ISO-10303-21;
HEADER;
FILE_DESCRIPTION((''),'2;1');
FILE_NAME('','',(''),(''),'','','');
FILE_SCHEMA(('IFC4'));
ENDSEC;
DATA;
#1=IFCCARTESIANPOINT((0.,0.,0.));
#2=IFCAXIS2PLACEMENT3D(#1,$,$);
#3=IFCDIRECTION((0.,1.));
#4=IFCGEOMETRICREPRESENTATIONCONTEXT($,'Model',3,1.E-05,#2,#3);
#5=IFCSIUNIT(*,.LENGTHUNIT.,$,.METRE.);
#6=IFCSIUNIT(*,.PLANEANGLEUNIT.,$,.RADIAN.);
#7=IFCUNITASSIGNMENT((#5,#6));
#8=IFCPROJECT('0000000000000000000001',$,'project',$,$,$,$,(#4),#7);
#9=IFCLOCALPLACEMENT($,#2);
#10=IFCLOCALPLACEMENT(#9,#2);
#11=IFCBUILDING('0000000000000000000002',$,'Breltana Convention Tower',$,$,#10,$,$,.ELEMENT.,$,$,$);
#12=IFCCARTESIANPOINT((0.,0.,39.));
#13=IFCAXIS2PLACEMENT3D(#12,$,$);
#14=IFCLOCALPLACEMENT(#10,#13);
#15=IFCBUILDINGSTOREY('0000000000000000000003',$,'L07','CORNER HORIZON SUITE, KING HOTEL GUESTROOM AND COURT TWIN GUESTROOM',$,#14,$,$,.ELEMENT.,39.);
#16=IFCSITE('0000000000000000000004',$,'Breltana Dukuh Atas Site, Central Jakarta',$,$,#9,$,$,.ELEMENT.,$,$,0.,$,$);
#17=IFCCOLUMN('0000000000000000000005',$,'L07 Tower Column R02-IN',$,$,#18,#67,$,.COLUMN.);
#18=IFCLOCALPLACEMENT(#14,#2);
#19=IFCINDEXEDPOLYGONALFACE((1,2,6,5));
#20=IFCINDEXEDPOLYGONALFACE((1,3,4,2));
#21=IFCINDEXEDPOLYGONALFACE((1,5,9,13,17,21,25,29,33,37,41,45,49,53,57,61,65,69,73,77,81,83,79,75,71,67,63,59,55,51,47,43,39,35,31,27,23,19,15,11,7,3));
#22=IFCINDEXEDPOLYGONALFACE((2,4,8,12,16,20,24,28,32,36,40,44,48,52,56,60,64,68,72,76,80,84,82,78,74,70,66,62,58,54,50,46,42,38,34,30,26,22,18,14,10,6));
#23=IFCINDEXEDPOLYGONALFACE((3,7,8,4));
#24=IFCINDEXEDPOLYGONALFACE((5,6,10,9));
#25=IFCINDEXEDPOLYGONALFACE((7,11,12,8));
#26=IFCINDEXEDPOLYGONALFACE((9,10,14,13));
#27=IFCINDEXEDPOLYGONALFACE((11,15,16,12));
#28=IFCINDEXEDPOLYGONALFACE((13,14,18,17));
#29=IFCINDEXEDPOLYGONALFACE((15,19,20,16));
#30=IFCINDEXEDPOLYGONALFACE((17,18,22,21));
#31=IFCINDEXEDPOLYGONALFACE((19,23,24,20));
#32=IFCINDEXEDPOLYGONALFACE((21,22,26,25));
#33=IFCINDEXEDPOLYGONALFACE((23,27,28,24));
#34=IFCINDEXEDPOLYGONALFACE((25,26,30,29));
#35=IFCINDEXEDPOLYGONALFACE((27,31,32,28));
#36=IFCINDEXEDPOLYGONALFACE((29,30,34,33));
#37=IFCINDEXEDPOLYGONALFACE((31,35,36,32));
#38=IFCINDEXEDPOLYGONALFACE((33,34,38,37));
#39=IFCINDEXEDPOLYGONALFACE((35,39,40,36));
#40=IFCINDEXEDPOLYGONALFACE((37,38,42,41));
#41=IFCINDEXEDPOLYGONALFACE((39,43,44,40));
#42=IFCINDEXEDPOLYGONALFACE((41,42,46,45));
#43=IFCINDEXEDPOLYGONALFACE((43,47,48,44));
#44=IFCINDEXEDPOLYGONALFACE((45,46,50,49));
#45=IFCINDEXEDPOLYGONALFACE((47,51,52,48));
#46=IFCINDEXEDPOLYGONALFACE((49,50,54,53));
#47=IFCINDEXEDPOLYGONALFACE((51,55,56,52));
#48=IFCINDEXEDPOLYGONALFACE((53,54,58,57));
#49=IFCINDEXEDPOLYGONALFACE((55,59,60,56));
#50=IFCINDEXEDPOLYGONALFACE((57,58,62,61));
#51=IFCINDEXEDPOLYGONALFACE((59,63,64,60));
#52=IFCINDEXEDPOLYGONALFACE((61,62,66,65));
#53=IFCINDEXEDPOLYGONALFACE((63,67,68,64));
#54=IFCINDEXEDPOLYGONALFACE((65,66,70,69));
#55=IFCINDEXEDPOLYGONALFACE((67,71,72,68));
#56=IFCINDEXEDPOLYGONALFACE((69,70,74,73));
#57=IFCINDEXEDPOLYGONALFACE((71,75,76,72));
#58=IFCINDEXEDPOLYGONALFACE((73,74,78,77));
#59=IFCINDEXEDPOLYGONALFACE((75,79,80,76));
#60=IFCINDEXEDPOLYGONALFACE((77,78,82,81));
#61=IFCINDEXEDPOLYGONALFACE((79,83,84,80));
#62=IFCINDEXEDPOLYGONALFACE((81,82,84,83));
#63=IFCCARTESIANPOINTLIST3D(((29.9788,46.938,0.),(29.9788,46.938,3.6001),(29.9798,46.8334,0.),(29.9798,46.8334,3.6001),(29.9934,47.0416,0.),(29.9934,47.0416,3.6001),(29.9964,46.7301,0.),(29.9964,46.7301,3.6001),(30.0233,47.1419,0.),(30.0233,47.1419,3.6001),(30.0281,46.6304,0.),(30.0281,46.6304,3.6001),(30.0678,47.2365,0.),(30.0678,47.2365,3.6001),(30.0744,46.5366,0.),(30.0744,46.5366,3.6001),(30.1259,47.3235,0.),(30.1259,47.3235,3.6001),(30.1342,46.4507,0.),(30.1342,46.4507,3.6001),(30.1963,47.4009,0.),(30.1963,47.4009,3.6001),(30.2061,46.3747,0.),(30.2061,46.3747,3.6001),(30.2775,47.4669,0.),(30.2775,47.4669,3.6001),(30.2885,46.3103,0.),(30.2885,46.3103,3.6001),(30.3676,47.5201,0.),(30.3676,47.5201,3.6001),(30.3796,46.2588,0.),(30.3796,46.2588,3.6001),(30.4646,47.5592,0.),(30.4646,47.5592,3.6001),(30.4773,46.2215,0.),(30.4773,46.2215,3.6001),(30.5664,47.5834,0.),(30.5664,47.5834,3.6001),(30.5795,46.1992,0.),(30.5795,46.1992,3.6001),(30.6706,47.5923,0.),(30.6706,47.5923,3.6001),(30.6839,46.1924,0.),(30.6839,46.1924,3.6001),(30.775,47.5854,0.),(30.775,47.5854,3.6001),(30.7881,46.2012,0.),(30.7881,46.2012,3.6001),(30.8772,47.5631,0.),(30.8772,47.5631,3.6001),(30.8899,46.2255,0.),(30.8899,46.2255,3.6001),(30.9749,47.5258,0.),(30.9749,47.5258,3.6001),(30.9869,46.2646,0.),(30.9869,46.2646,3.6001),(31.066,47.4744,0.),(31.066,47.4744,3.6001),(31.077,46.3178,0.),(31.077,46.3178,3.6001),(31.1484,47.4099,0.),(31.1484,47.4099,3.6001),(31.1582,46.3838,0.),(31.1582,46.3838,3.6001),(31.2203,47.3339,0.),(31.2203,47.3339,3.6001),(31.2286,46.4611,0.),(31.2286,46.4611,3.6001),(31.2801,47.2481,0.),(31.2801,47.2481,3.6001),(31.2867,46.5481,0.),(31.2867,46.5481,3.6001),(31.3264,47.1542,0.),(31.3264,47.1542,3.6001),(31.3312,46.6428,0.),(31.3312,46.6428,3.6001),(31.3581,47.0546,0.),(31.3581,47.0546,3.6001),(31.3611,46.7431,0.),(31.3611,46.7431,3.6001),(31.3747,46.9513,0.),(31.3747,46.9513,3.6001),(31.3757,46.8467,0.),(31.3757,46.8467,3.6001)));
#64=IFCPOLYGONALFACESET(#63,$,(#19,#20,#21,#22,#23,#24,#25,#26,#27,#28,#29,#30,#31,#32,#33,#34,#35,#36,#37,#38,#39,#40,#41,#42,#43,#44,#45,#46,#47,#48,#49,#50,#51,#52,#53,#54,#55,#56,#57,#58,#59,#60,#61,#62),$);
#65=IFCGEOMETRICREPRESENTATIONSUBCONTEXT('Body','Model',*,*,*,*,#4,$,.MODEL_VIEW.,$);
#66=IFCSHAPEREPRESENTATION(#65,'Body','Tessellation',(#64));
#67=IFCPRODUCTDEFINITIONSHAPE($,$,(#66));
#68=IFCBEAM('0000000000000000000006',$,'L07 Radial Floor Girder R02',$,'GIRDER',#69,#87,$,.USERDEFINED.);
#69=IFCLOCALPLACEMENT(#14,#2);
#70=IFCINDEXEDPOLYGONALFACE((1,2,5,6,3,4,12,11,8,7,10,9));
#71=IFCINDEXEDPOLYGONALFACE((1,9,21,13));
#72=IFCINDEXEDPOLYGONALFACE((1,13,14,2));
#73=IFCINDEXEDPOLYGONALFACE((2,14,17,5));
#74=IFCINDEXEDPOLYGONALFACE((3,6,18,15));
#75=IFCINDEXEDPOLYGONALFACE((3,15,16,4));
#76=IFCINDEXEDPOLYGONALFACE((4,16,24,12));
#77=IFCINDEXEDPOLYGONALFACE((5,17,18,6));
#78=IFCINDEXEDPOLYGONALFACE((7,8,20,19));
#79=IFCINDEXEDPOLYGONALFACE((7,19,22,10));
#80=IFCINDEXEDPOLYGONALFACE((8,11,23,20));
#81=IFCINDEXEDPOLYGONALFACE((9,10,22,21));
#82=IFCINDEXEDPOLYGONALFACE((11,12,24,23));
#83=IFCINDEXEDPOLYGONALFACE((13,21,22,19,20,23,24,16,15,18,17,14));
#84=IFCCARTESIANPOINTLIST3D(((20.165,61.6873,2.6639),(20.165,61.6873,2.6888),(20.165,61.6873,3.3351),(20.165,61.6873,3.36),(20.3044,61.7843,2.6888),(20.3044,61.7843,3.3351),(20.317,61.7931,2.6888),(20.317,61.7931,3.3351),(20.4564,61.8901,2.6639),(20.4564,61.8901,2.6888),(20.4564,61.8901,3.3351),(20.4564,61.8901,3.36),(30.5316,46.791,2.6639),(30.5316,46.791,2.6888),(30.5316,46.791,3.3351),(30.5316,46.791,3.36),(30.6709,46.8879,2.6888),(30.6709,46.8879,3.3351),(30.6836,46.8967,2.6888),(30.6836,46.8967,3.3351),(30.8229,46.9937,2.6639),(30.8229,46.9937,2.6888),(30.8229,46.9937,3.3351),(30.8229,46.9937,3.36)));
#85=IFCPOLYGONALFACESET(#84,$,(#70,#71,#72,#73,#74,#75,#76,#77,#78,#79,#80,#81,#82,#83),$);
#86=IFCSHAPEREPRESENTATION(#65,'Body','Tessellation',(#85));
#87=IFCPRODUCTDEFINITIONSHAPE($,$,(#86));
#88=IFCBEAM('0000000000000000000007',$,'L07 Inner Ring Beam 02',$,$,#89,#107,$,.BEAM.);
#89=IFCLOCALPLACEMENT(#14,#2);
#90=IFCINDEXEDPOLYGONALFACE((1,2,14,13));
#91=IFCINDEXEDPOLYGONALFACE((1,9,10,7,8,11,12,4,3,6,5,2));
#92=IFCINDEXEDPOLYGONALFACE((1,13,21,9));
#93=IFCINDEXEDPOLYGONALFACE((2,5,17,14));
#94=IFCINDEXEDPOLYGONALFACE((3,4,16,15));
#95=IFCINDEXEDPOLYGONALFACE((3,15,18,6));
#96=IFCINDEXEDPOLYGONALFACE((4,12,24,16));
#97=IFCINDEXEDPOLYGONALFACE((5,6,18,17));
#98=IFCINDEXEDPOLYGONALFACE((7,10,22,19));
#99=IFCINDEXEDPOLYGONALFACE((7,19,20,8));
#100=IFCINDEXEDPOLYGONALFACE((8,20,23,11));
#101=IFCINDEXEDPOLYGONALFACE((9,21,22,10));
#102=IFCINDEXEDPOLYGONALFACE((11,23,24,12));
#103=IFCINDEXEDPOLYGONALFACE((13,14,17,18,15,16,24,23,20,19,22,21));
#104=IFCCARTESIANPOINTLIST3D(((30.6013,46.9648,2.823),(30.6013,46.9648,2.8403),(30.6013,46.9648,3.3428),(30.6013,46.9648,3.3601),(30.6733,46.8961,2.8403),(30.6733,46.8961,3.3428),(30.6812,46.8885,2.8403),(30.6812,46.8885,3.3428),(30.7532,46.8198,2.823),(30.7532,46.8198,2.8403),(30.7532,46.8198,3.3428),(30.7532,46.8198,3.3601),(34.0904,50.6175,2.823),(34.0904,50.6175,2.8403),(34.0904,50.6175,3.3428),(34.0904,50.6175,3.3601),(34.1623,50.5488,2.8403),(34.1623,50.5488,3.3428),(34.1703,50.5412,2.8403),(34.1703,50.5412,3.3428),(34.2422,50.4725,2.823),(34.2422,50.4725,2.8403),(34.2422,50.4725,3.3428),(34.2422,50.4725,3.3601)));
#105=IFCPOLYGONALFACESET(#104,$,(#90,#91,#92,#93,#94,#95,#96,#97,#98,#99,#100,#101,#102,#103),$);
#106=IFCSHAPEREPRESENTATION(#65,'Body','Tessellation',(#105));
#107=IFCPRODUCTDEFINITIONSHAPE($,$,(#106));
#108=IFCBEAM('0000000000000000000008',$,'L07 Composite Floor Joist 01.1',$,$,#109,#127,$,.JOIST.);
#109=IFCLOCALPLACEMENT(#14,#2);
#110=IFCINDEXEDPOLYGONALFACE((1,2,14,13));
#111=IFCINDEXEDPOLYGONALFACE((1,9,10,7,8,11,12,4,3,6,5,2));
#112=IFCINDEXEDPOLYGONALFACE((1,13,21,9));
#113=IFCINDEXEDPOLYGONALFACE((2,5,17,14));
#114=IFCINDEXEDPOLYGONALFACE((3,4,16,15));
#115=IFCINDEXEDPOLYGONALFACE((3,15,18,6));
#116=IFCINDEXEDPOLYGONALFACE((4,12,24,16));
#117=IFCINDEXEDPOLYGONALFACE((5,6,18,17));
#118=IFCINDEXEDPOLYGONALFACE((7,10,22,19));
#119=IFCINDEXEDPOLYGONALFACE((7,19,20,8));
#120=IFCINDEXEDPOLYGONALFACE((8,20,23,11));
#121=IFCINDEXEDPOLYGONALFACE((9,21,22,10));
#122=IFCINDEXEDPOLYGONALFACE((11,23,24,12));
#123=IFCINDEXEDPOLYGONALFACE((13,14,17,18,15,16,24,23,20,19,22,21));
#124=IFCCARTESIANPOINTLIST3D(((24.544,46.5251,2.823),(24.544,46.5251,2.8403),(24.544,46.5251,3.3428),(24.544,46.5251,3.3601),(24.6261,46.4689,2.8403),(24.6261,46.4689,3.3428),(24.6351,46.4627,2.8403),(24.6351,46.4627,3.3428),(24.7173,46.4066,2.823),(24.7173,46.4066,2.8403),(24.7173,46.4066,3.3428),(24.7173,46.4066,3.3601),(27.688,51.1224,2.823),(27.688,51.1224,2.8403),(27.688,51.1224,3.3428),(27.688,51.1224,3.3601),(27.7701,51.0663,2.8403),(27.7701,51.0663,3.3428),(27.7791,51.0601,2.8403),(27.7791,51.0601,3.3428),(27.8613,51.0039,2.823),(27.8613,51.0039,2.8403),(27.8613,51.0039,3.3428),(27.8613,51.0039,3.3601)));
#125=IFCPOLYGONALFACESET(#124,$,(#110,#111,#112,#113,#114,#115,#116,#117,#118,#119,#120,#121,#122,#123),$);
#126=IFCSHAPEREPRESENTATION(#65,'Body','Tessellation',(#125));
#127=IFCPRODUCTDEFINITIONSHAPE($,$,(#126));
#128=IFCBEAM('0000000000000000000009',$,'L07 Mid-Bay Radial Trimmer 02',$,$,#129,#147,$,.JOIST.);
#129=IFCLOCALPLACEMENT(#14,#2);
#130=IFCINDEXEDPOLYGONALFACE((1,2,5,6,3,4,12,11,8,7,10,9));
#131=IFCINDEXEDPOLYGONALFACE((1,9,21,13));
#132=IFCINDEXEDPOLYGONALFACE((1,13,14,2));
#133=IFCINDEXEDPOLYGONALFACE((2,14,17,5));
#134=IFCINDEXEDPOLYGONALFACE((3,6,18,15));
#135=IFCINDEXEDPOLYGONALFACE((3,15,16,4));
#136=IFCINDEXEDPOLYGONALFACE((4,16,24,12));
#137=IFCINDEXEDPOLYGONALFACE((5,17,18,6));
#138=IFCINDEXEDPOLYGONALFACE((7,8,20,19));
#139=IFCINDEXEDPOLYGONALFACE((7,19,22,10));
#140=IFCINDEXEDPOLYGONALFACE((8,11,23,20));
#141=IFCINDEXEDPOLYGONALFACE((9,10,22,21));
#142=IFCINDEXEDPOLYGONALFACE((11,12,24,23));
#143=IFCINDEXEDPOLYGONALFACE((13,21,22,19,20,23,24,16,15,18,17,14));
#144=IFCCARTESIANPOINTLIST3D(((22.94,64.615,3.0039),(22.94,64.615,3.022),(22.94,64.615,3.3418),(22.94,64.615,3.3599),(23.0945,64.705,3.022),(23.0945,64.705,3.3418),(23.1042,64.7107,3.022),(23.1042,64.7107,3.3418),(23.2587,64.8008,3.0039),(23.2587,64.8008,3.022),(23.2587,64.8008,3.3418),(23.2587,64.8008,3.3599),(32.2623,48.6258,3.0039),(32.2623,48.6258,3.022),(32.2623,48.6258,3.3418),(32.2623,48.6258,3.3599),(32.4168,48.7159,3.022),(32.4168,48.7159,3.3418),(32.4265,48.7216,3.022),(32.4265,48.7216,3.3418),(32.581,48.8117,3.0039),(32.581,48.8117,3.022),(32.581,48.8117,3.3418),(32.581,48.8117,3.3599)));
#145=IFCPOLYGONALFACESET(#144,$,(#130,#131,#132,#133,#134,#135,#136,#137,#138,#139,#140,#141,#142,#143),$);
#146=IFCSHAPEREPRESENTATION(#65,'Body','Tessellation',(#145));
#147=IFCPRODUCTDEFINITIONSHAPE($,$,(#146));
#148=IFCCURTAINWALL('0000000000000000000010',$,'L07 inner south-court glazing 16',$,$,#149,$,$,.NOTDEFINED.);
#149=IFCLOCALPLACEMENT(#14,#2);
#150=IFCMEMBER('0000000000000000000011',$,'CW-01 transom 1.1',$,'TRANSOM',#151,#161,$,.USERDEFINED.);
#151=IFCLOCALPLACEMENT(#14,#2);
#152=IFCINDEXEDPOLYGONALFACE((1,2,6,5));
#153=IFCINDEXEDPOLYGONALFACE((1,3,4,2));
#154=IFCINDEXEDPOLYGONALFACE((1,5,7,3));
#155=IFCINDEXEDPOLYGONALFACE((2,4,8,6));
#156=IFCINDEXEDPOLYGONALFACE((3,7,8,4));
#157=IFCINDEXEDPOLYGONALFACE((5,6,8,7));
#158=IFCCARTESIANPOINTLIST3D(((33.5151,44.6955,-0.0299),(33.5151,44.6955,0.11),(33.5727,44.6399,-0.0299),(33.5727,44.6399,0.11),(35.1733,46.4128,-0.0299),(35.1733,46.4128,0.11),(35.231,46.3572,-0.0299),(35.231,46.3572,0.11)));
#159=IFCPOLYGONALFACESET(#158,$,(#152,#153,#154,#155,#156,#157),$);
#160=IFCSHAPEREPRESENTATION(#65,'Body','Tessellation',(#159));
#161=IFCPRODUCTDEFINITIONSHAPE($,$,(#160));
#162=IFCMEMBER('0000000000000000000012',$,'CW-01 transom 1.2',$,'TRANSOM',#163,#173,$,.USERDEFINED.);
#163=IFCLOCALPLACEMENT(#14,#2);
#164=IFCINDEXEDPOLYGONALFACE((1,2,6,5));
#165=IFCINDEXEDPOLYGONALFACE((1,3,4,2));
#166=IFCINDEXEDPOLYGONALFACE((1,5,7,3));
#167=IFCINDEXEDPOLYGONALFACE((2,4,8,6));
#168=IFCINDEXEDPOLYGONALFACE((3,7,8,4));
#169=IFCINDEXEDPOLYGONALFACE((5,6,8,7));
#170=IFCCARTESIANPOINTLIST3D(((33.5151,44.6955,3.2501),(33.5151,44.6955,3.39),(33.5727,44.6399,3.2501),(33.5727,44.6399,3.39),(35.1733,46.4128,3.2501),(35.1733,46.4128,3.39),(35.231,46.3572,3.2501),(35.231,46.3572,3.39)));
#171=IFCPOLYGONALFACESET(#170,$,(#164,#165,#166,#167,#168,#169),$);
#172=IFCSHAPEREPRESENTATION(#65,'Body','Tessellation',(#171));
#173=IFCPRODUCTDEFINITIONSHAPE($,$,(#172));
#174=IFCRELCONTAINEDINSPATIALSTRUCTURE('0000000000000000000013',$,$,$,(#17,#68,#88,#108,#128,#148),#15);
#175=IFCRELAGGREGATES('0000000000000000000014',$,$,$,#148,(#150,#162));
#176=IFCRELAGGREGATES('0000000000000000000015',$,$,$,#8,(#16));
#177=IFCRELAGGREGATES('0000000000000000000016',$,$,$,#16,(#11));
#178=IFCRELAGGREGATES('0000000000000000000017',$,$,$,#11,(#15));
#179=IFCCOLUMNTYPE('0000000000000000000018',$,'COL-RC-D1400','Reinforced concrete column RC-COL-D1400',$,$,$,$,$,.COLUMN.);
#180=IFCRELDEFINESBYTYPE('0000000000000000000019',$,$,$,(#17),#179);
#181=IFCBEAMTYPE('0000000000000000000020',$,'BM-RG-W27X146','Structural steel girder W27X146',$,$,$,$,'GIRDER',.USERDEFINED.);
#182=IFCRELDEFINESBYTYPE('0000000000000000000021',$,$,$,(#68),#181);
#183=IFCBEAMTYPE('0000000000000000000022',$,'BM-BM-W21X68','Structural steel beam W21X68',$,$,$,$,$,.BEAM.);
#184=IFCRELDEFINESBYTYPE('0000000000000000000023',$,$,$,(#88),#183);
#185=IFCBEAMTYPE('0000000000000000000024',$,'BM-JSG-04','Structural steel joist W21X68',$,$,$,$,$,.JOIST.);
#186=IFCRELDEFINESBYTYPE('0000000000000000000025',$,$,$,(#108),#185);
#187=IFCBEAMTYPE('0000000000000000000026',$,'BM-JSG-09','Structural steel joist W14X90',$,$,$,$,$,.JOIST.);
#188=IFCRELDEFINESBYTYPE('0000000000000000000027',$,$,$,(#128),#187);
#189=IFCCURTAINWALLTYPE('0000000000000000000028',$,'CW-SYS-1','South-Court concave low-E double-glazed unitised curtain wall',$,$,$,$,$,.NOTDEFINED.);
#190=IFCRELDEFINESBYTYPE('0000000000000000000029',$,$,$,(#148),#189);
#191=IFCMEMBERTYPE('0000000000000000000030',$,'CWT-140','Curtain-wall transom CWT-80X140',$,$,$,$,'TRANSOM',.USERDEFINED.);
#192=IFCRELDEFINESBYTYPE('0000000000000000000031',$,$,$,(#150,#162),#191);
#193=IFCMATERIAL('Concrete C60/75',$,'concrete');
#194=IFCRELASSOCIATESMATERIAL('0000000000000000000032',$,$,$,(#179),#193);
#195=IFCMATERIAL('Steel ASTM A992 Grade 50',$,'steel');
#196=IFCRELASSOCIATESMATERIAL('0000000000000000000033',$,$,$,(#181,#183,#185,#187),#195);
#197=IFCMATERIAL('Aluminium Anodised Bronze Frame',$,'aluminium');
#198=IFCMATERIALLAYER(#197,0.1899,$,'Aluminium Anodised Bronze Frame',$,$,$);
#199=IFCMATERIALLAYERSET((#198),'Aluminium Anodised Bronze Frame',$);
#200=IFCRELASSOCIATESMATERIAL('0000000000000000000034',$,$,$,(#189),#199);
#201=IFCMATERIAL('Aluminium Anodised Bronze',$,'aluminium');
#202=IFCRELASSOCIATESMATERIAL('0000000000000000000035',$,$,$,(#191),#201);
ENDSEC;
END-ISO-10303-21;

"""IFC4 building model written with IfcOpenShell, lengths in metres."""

from ifc_helpers import new_model, si_unit, direction, frame, origin, origin_2d, place, context, subcontext, project, spatial, rectangle, circle, i_section, extrude, source, transform, mapped, material, layer, layer_set, material_profile, profile_set, type_object, type_shapes, element, aggregate, save


model = new_model("IFC4")

# Units and contexts
model_context = context("Model", 3, precision=1e-05, world=origin(), true_north=direction((0.0, 1.0)))
body_context = subcontext(model_context, "Body", "Model", "MODEL_VIEW")
ifc_project = project(units=[si_unit("LENGTHUNIT", "METRE"), si_unit("PLANEANGLEUNIT", "RADIAN")], contexts=[model_context])

# Site, building, storey
site_placement = place(None, origin())
site = spatial("IfcSite", under=ifc_project, at=site_placement, Name="Breltana Dukuh Atas Site, Central Jakarta", CompositionType="ELEMENT", RefElevation=0.0)
building_placement = place(site_placement, origin())
building = spatial("IfcBuilding", under=site, at=building_placement, Name="Breltana Convention Tower", CompositionType="ELEMENT")
storey_placement = place(building_placement, frame((0.0, 0.0, 39.0)))
storey = spatial("IfcBuildingStorey", under=building, at=storey_placement, Name="L07", Description="CORNER HORIZON SUITE, KING HOTEL GUESTROOM AND COURT TWIN GUESTROOM", CompositionType="ELEMENT", Elevation=39.0)

# Column
ifc_material_1 = material(Name="Concrete C60/75", Category="concrete")
ifc_material_profile_1 = material_profile(ifc_material_1, circle(Radius=0.7, at=origin_2d()), Name="RC-COL-D1400")
ifc_profile_set_1 = profile_set([ifc_material_profile_1], Name="Concrete C60/75")
column_type = type_object("IfcColumnType", Name="COL-RC-D1400", Description="Reinforced concrete column RC-COL-D1400", PredefinedType="COLUMN", material=ifc_profile_set_1)
shared_shape_1 = source(origin(), body_context, "Body", "SweptSolid", [
    extrude(circle(Radius=0.7, at=origin_2d()), origin(), (0.0, 0.0, 1.0), 3.6001),
])
column_placement = place(storey_placement, frame((30.6772, 46.8923, 0.0), z_axis=(0.0, 0.0, 1.0), x_axis=(-0.571143, 0.82085, 0.0)))
element("IfcColumn", 1, at=column_placement, inside=storey, type_object=column_type, Name="L07 Tower Column R02-IN", PredefinedType="COLUMN", context=body_context, shape_type="MappedRepresentation", body=[
    mapped(shared_shape_1, transform((0.0, 0.0, 0.0), scale=1.0)),
])

# Beams
ifc_material_2 = material(Name="Steel ASTM A992 Grade 50", Category="steel")
ifc_material_profile_2 = material_profile(ifc_material_2, i_section(OverallWidth=0.355, OverallDepth=0.696, WebThickness=0.0154, FlangeThickness=0.0249, at=origin_2d()), Name="W27X146")
ifc_profile_set_2 = profile_set([ifc_material_profile_2], Name="Steel ASTM A992 Grade 50")
beam_type_1 = type_object("IfcBeamType", Name="BM-RG-W27X146", Description="Structural steel girder W27X146", ElementType="GIRDER", PredefinedType="USERDEFINED", material=ifc_profile_set_2)
shared_shape_2 = source(origin(), body_context, "Body", "SweptSolid", [
    extrude(i_section(OverallWidth=0.355, OverallDepth=0.696, WebThickness=0.0154, FlangeThickness=0.0249, at=origin_2d()), origin(), (0.0, 0.0, 1.0), 18.1484),
])
beam_1_placement = place(storey_placement, frame((30.6772, 46.8923, 3.012), z_axis=(-0.571208, 0.820806, 0.0), x_axis=(-0.820806, -0.571208, 0.0)))
element("IfcBeam", 2, at=beam_1_placement, inside=storey, type_object=beam_type_1, Name="L07 Radial Floor Girder R02", ObjectType="GIRDER", PredefinedType="USERDEFINED", context=body_context, shape_type="MappedRepresentation", body=[
    mapped(shared_shape_2, transform((0.0, 0.0, 0.0), scale=1.0)),
])
ifc_material_profile_3 = material_profile(ifc_material_2, i_section(OverallWidth=0.21, OverallDepth=0.5371, WebThickness=0.011, FlangeThickness=0.0173, at=origin_2d()), Name="W21X68")
ifc_profile_set_3 = profile_set([ifc_material_profile_3], Name="Steel ASTM A992 Grade 50")
beam_type_2 = type_object("IfcBeamType", Name="BM-BM-W21X68", Description="Structural steel beam W21X68", PredefinedType="BEAM", material=ifc_profile_set_3)
shared_shape_3 = source(origin(), body_context, "Body", "SweptSolid", [
    extrude(i_section(OverallWidth=0.21, OverallDepth=0.5371, WebThickness=0.011, FlangeThickness=0.0173, at=origin_2d()), origin(), (0.0, 0.0, 1.0), 5.0513),
])
beam_2_placement = place(storey_placement, frame((30.6772, 46.8923, 3.0916), z_axis=(0.69073, 0.723113, 0.0), x_axis=(-0.723113, 0.69073, 0.0)))
element("IfcBeam", 3, at=beam_2_placement, inside=storey, type_object=beam_type_2, Name="L07 Inner Ring Beam 02", PredefinedType="BEAM", context=body_context, shape_type="MappedRepresentation", body=[
    mapped(shared_shape_3, transform((0.0, 0.0, 0.0), scale=1.0)),
])
ifc_material_profile_4 = material_profile(ifc_material_2, i_section(OverallWidth=0.21, OverallDepth=0.5371, WebThickness=0.011, FlangeThickness=0.0173, at=origin_2d()), Name="W21X68")
ifc_profile_set_4 = profile_set([ifc_material_profile_4], Name="Steel ASTM A992 Grade 50")
beam_type_3 = type_object("IfcBeamType", Name="BM-JSG-04", Description="Structural steel joist W21X68", PredefinedType="JOIST", material=ifc_profile_set_4)
shared_shape_4 = source(origin(), body_context, "Body", "SweptSolid", [
    extrude(i_section(OverallWidth=0.21, OverallDepth=0.5371, WebThickness=0.011, FlangeThickness=0.0173, at=origin_2d()), origin(), (0.0, 0.0, 1.0), 5.5696),
])
type_shapes(beam_type_3, [shared_shape_4])
beam_3_placement = place(storey_placement, frame((24.6306, 46.4658, 3.0916), z_axis=(0.564494, 0.825437, 0.0), x_axis=(-0.825437, 0.564494, 0.0)))
element("IfcBeam", 4, at=beam_3_placement, inside=storey, type_object=beam_type_3, Name="L07 Composite Floor Joist 01.1", PredefinedType="JOIST", context=body_context, shape_type="MappedRepresentation", body=[
    mapped(shared_shape_4, transform((0.0, 0.0, 0.0), scale=1.0)),
])
ifc_material_profile_5 = material_profile(ifc_material_2, i_section(OverallWidth=0.3689, OverallDepth=0.356, WebThickness=0.0112, FlangeThickness=0.0181, at=origin_2d()), Name="W14X90")
ifc_profile_set_5 = profile_set([ifc_material_profile_5], Name="Steel ASTM A992 Grade 50")
beam_type_4 = type_object("IfcBeamType", Name="BM-JSG-09", Description="Structural steel joist W14X90", PredefinedType="JOIST", material=ifc_profile_set_5)
shared_shape_5 = source(origin(), body_context, "Body", "SweptSolid", [
    extrude(i_section(OverallWidth=0.3689, OverallDepth=0.356, WebThickness=0.0112, FlangeThickness=0.0181, at=origin_2d()), origin(), (0.0, 0.0, 1.0), 18.5083),
])
beam_4_placement = place(storey_placement, frame((32.4216, 48.7188, 3.1819), z_axis=(-0.503683, 0.863888, 0.0), x_axis=(-0.863888, -0.503683, 0.0)))
element("IfcBeam", 5, at=beam_4_placement, inside=storey, type_object=beam_type_4, Name="L07 Mid-Bay Radial Trimmer 02", PredefinedType="JOIST", context=body_context, shape_type="MappedRepresentation", body=[
    mapped(shared_shape_5, transform((0.0, 0.0, 0.0), scale=1.0)),
])

# Curtain wall, members
ifc_material_3 = material(Name="Aluminium Anodised Bronze Frame", Category="aluminium")
ifc_layer_1 = layer(ifc_material_3, 0.1899, Name="Aluminium Anodised Bronze Frame")
ifc_layer_set_1 = layer_set([ifc_layer_1], Name="Aluminium Anodised Bronze Frame")
curtain_wall_type = type_object("IfcCurtainWallType", Name="CW-SYS-1", Description="South-Court concave low-E double-glazed unitised curtain wall", PredefinedType="NOTDEFINED", material=ifc_layer_set_1)
curtain_wall_1_placement = place(storey_placement, origin())
curtain_wall_1 = element("IfcCurtainWall", 6, at=curtain_wall_1_placement, inside=storey, type_object=curtain_wall_type, Name="L07 inner south-court glazing 16", PredefinedType="NOTDEFINED")
ifc_material_4 = material(Name="Aluminium Anodised Bronze", Category="aluminium")
ifc_material_profile_6 = material_profile(ifc_material_4, rectangle(XDim=0.0801, YDim=0.1399, at=origin_2d()), Name="CWT-80X140")
ifc_profile_set_6 = profile_set([ifc_material_profile_6], Name="Aluminium Anodised Bronze")
member_type_1 = type_object("IfcMemberType", Name="CWT-140", Description="Curtain-wall transom CWT-80X140", ElementType="TRANSOM", PredefinedType="USERDEFINED", material=ifc_profile_set_6)
shared_shape_6 = source(origin(), body_context, "Body", "SweptSolid", [
    extrude(rectangle(XDim=0.0801, YDim=0.1399, at=origin_2d()), origin(), (0.0, 0.0, 1.0), 2.3872),
])
type_shapes(member_type_1, [shared_shape_6])
member_1_placement = place(storey_placement, frame((35.2021, 46.385, 0.04), z_axis=(-0.694624, -0.719373, 0.0), x_axis=(0.719373, -0.694624, 0.0)))
member_1 = element("IfcMember", 7, at=member_1_placement, type_object=member_type_1, Name="CW-01 transom 1.1", ObjectType="TRANSOM", PredefinedType="USERDEFINED", context=body_context, shape_type="MappedRepresentation", body=[
    mapped(shared_shape_6, transform((0.0, 0.0, 0.0), scale=1.0)),
])
member_2_placement = place(storey_placement, frame((35.2021, 46.385, 3.3201), z_axis=(-0.694624, -0.719373, 0.0), x_axis=(0.719373, -0.694624, 0.0)))
member_2 = element("IfcMember", 8, at=member_2_placement, type_object=member_type_1, Name="CW-01 transom 1.2", ObjectType="TRANSOM", PredefinedType="USERDEFINED", context=body_context, shape_type="MappedRepresentation", body=[
    mapped(shared_shape_6, transform((0.0, 0.0, 0.0), scale=1.0)),
])

aggregate(curtain_wall_1, [member_1, member_2])

save(model, "model.ifc")
